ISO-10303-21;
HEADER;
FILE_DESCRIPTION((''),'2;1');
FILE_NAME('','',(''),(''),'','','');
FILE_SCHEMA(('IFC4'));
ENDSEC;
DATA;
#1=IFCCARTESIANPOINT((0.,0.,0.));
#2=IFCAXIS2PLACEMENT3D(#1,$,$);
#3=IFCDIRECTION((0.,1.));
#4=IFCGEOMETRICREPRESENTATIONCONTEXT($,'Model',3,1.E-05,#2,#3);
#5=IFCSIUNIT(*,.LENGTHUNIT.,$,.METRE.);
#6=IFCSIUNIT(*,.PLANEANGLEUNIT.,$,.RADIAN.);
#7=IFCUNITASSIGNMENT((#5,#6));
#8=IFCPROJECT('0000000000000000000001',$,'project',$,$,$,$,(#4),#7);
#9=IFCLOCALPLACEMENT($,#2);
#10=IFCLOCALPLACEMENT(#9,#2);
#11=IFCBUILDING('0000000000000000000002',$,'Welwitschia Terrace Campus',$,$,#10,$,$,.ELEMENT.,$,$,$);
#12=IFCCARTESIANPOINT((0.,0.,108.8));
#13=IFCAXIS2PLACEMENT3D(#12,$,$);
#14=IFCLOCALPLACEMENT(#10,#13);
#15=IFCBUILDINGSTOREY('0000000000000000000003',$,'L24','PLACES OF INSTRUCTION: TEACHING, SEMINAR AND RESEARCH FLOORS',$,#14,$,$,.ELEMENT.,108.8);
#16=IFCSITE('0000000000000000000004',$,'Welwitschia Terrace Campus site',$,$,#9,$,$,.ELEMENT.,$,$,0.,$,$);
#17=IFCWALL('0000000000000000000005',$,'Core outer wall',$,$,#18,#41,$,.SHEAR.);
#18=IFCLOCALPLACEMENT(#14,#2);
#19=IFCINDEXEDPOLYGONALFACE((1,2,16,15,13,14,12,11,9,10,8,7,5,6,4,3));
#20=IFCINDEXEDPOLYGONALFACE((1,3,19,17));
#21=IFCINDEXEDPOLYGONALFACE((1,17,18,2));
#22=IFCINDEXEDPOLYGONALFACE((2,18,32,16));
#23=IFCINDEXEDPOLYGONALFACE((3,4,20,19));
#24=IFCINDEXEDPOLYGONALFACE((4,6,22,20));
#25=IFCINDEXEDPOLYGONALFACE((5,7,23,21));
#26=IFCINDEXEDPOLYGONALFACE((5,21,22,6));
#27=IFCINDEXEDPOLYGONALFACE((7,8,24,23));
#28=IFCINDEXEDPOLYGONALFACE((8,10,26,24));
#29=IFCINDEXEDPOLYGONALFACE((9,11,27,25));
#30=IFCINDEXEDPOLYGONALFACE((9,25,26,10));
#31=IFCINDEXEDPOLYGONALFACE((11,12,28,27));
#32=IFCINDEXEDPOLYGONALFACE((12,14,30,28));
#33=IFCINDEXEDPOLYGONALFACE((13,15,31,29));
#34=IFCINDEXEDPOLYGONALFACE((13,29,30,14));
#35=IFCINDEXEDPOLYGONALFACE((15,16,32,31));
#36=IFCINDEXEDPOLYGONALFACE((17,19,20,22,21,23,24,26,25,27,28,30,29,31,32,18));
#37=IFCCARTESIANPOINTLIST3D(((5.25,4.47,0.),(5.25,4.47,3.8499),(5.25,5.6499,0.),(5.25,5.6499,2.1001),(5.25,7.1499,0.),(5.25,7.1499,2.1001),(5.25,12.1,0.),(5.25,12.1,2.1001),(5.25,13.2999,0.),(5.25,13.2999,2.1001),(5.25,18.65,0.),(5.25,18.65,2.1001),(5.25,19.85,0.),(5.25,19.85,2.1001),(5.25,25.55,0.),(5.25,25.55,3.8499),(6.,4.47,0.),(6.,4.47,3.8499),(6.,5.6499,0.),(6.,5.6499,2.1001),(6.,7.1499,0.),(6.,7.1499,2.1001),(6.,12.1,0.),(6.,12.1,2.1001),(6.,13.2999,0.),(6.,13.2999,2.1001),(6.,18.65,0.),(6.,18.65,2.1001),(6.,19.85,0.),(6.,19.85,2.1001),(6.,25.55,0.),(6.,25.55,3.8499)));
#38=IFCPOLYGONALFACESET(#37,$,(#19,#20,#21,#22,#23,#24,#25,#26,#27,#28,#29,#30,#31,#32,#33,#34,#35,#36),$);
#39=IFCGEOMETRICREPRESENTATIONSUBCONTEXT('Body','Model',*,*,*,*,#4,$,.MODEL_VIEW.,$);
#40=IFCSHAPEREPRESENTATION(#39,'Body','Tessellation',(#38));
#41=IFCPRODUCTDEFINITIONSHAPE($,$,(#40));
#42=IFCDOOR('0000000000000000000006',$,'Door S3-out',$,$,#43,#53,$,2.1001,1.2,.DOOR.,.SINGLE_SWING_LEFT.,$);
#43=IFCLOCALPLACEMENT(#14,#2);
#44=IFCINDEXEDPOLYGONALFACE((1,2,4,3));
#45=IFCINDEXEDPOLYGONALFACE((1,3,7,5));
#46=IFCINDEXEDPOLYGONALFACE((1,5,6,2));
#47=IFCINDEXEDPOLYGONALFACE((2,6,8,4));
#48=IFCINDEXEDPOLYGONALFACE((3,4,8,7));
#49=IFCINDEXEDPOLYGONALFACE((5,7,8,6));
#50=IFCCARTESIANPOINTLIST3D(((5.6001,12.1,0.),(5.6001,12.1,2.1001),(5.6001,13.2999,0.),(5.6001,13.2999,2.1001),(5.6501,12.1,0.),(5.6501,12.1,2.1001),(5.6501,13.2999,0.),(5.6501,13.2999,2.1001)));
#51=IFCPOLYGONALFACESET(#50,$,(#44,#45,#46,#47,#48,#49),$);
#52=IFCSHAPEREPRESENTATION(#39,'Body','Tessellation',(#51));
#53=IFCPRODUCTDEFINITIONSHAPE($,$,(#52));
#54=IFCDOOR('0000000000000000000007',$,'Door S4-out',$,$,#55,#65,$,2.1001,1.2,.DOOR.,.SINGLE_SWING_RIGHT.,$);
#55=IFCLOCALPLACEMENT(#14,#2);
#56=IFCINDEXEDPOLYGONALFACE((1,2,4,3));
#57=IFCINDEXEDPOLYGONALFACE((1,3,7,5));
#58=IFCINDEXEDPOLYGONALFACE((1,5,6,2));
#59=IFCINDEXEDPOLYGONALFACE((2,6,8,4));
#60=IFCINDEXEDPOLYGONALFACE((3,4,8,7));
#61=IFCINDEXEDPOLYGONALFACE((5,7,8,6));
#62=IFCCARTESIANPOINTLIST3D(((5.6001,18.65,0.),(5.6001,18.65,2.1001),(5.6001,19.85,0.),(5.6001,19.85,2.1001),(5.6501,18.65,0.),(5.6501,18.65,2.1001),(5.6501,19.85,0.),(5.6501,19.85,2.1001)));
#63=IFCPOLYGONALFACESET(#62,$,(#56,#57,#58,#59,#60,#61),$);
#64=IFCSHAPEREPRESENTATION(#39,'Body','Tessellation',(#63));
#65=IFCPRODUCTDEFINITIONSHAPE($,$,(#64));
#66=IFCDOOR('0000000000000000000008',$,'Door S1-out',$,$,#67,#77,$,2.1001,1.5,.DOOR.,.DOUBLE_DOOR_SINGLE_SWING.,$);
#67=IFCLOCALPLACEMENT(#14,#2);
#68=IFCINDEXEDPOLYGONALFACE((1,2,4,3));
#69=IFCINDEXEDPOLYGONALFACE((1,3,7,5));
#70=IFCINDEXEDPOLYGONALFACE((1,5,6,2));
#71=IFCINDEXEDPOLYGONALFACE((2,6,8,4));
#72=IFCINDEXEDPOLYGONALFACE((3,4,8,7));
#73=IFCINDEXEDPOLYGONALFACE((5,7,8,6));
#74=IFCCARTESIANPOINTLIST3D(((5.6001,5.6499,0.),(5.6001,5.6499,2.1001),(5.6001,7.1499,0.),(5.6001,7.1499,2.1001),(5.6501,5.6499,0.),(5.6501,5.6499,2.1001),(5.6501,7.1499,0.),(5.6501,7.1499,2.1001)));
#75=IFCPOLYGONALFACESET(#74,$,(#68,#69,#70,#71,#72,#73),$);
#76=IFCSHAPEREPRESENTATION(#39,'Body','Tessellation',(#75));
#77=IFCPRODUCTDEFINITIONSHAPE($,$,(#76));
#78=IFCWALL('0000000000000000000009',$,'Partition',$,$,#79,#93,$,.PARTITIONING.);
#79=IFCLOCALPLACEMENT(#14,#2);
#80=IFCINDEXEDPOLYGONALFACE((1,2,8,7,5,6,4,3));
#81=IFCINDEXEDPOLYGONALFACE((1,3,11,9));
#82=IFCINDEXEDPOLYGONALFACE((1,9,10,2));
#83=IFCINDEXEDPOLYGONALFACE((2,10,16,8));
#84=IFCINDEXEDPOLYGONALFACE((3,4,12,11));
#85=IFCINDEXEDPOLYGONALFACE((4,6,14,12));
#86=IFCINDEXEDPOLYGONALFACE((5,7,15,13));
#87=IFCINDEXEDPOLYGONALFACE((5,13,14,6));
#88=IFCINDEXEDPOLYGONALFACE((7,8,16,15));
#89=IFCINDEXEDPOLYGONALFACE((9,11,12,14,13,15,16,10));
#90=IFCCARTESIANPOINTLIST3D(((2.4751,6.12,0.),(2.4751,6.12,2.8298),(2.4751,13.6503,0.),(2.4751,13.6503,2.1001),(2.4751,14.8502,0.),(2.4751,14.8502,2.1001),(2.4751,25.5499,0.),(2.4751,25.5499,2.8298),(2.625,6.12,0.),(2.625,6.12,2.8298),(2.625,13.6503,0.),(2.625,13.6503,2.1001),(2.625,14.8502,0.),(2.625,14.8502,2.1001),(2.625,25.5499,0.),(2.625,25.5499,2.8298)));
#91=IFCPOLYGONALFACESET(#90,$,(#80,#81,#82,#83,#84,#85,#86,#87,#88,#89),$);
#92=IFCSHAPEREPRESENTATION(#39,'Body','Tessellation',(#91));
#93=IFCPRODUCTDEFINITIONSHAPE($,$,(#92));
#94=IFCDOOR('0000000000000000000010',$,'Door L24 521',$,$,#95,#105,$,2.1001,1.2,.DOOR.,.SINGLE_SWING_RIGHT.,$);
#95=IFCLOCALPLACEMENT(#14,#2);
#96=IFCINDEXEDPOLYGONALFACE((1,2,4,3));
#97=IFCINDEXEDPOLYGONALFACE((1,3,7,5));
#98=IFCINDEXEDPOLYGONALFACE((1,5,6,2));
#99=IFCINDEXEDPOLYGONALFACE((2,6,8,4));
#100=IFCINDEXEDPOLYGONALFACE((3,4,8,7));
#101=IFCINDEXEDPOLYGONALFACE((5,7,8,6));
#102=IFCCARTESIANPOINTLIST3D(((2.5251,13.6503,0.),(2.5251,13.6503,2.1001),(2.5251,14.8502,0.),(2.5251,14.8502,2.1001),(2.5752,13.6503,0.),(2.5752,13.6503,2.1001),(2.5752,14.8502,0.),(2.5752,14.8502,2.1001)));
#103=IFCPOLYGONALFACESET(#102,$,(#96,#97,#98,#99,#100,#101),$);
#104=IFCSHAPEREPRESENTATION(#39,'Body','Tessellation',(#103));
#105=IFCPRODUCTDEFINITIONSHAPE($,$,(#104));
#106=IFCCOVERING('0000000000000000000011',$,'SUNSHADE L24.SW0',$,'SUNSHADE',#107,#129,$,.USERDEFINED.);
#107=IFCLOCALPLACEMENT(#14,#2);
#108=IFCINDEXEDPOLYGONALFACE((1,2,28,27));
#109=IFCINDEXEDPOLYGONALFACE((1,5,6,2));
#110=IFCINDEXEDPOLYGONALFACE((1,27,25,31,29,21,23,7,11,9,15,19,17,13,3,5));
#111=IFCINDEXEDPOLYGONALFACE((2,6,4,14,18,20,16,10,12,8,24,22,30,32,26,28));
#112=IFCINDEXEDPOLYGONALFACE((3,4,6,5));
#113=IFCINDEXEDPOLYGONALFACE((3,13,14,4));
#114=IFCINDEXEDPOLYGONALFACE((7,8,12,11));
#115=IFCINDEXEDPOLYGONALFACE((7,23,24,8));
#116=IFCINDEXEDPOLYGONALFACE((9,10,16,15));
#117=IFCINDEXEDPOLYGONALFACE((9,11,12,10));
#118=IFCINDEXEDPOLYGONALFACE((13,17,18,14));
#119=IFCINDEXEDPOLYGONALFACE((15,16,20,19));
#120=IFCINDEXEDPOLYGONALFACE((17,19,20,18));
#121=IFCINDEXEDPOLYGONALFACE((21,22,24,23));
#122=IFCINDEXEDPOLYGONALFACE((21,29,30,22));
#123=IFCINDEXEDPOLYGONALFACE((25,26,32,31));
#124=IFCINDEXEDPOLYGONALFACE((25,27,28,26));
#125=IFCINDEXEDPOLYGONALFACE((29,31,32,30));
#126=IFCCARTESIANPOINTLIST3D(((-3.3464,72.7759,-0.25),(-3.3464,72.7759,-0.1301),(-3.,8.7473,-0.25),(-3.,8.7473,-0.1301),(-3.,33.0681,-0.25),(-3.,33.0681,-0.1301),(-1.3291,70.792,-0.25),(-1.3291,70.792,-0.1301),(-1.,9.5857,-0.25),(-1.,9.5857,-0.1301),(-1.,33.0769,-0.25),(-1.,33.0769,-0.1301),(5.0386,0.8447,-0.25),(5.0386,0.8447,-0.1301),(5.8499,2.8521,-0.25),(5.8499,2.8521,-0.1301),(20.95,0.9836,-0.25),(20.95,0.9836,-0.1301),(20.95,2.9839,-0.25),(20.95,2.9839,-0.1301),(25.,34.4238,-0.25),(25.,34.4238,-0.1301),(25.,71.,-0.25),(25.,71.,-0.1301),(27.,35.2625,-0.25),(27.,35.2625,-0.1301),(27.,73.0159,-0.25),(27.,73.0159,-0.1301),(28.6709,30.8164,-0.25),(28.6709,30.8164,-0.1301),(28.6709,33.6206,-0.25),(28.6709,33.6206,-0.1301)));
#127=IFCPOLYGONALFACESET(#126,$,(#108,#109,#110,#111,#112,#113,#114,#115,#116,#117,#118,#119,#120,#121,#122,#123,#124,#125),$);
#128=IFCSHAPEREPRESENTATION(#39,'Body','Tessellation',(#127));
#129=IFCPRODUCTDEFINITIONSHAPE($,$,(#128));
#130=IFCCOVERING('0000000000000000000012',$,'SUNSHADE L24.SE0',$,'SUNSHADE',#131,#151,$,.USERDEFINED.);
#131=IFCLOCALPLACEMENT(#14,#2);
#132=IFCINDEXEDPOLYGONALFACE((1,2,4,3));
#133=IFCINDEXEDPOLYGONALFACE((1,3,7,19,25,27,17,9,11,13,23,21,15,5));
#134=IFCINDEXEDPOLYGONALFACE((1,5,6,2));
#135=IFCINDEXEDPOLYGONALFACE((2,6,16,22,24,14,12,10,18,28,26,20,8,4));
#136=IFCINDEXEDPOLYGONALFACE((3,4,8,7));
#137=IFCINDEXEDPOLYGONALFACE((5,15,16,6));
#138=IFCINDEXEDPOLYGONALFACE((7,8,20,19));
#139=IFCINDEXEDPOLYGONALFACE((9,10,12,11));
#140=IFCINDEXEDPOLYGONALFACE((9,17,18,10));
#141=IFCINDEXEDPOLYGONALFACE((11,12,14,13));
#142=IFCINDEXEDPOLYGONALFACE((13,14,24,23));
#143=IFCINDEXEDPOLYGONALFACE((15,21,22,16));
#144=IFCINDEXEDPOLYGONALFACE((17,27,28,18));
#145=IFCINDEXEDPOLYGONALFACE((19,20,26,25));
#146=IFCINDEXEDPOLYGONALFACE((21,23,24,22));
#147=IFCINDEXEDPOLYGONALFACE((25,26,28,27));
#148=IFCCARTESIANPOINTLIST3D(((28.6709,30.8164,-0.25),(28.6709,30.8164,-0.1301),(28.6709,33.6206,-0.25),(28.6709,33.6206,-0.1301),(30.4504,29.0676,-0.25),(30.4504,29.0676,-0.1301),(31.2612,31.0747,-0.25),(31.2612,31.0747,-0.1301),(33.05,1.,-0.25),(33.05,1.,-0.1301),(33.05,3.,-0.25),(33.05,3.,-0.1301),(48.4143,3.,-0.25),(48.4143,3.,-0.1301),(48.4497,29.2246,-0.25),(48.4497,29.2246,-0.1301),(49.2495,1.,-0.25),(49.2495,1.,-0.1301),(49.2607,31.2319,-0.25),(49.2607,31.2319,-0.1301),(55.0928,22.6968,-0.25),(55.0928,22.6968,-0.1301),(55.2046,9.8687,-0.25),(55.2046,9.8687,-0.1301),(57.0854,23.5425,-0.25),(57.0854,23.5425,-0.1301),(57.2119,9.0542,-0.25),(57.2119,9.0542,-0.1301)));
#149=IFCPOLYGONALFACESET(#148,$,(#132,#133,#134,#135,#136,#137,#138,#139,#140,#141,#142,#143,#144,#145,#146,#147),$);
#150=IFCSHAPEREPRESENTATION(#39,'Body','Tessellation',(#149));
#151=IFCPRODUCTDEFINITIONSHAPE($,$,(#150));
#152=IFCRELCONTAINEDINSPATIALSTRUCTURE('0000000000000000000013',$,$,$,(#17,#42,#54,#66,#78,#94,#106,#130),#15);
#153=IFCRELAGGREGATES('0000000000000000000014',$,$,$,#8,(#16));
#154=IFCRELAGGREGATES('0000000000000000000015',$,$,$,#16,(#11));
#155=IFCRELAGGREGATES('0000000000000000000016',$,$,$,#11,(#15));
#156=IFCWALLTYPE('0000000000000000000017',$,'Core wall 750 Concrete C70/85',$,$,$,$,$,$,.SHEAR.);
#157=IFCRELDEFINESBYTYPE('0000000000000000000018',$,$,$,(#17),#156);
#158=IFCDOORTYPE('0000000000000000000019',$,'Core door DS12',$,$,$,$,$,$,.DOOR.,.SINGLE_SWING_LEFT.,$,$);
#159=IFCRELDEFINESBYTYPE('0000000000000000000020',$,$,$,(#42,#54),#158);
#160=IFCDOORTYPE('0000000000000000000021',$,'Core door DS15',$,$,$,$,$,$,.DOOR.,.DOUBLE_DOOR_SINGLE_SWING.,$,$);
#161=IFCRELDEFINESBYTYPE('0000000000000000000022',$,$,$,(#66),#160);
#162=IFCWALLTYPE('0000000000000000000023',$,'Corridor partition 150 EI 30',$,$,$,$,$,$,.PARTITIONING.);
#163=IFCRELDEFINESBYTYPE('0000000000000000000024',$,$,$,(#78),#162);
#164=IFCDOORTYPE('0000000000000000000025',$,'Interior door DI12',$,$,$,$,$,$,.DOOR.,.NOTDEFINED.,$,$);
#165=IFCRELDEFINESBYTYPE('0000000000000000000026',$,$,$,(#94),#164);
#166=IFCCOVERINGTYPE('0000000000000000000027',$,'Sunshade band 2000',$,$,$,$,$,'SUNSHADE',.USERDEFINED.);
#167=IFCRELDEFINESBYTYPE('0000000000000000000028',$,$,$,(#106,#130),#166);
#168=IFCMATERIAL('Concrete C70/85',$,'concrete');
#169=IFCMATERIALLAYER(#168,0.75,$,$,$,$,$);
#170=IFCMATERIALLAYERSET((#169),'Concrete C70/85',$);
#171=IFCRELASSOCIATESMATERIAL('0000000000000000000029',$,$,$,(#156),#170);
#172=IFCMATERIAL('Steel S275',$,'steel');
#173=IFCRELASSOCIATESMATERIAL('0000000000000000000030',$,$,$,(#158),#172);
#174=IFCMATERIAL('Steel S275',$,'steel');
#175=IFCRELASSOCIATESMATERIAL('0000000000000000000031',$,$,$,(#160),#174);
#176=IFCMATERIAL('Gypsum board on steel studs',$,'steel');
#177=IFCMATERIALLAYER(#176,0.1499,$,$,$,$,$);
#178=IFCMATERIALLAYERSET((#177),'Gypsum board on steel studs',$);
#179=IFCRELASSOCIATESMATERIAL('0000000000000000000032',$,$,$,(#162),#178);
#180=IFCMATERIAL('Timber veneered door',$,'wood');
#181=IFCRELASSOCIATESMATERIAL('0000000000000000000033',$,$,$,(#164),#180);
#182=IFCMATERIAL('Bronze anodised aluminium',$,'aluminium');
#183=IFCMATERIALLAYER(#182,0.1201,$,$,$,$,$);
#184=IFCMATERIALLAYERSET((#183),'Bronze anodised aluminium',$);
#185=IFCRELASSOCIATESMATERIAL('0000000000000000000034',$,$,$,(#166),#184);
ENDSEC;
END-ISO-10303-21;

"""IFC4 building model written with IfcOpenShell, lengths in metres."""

from ifc_helpers import new_model, si_unit, direction, frame, frame_2d, origin, place, context, subcontext, project, spatial, polyline, rectangle, outline, extrude, material, layer, layer_set, type_object, element, fill, save


model = new_model("IFC4")

# Units and contexts
model_context = context("Model", 3, precision=1e-05, world=origin(), true_north=direction((0.0, 1.0)))
body_context = subcontext(model_context, "Body", "Model", "MODEL_VIEW")
ifc_project = project(units=[si_unit("LENGTHUNIT", "METRE"), si_unit("PLANEANGLEUNIT", "RADIAN")], contexts=[model_context])

# Site, building, storey
site_placement = place(None, origin())
site = spatial("IfcSite", under=ifc_project, at=site_placement, Name="Welwitschia Terrace Campus site", CompositionType="ELEMENT", RefElevation=0.0)
building_placement = place(site_placement, origin())
building = spatial("IfcBuilding", under=site, at=building_placement, Name="Welwitschia Terrace Campus", CompositionType="ELEMENT")
storey_placement = place(building_placement, frame((0.0, 0.0, 108.8)))
storey = spatial("IfcBuildingStorey", under=building, at=storey_placement, Name="L24", Description="PLACES OF INSTRUCTION: TEACHING, SEMINAR AND RESEARCH FLOORS", CompositionType="ELEMENT", Elevation=108.8)

# Wall, openings, doors
ifc_material_1 = material(Name="Concrete C70/85", Category="concrete")
ifc_layer_1 = layer(ifc_material_1, 0.75)
ifc_layer_set_1 = layer_set([ifc_layer_1], Name="Concrete C70/85")
wall_type_1 = type_object("IfcWallType", Name="Core wall 750 Concrete C70/85", PredefinedType="SHEAR", material=ifc_layer_set_1)
wall_1_placement = place(storey_placement, frame((5.625, 4.47, 0.0), z_axis=(0.0, 0.0, 1.0), x_axis=(0.0, 1.0, 0.0)))
wall_1 = element("IfcWall", 1, at=wall_1_placement, inside=storey, type_object=wall_type_1, Name="Core outer wall", PredefinedType="SHEAR", context=body_context, shape_type="SweptSolid", body=[
    extrude(rectangle(XDim=21.0801, YDim=0.75, at=frame_2d((10.54, 0.0))), origin(), (0.0, 0.0, 1.0), 3.8499),
])
opening_1_placement = place(wall_1_placement, frame((1.1799, 0.0, 0.0)))
opening_1 = element("IfcOpeningElement", 2, at=opening_1_placement, cuts=wall_1, PredefinedType="OPENING", context=body_context, shape_type="SweptSolid", body=[
    extrude(rectangle(XDim=1.5, YDim=2.1001, at=frame_2d((0.75, 1.05))), frame((0.0, 0.385, 0.0), z_axis=(0.0, -1.0, 0.0), x_axis=(1.0, 0.0, 0.0)), (0.0, 0.0, 1.0), 0.77),
])
opening_2_placement = place(wall_1_placement, frame((7.6299, 0.0, 0.0)))
opening_2 = element("IfcOpeningElement", 3, at=opening_2_placement, cuts=wall_1, PredefinedType="OPENING", context=body_context, shape_type="SweptSolid", body=[
    extrude(rectangle(XDim=1.2, YDim=2.1001, at=frame_2d((0.6001, 1.05))), frame((0.0, 0.385, 0.0), z_axis=(0.0, -1.0, 0.0), x_axis=(1.0, 0.0, 0.0)), (0.0, 0.0, 1.0), 0.77),
])
opening_3_placement = place(wall_1_placement, frame((14.1799, 0.0, 0.0)))
opening_3 = element("IfcOpeningElement", 4, at=opening_3_placement, cuts=wall_1, PredefinedType="OPENING", context=body_context, shape_type="SweptSolid", body=[
    extrude(rectangle(XDim=1.2, YDim=2.1001, at=frame_2d((0.6001, 1.05))), frame((0.0, 0.385, 0.0), z_axis=(0.0, -1.0, 0.0), x_axis=(1.0, 0.0, 0.0)), (0.0, 0.0, 1.0), 0.77),
])
ifc_material_2 = material(Name="Steel S275", Category="steel")
door_type_1 = type_object("IfcDoorType", Name="Core door DS12", OperationType="SINGLE_SWING_LEFT", PredefinedType="DOOR", material=ifc_material_2)
door_1_placement = place(opening_2_placement, origin())
door_1 = element("IfcDoor", 5, at=door_1_placement, inside=storey, type_object=door_type_1, Name="Door S3-out", OperationType="SINGLE_SWING_LEFT", OverallHeight=2.1001, OverallWidth=1.2, PredefinedType="DOOR", context=body_context, shape_type="SweptSolid", body=[
    extrude(rectangle(XDim=1.2, YDim=2.1001, at=frame_2d((0.6001, 1.05))), frame((0.0, 0.0249, 0.0), z_axis=(0.0, -1.0, 0.0), x_axis=(1.0, 0.0, 0.0)), (0.0, 0.0, 1.0), 0.05),
])
fill(opening_2, door_1)
door_2_placement = place(opening_3_placement, origin())
door_2 = element("IfcDoor", 6, at=door_2_placement, inside=storey, type_object=door_type_1, Name="Door S4-out", OperationType="SINGLE_SWING_RIGHT", OverallHeight=2.1001, OverallWidth=1.2, PredefinedType="DOOR", context=body_context, shape_type="SweptSolid", body=[
    extrude(rectangle(XDim=1.2, YDim=2.1001, at=frame_2d((0.6001, 1.05))), frame((0.0, 0.0249, 0.0), z_axis=(0.0, -1.0, 0.0), x_axis=(1.0, 0.0, 0.0)), (0.0, 0.0, 1.0), 0.05),
])
fill(opening_3, door_2)
ifc_material_3 = material(Name="Steel S275", Category="steel")
door_type_2 = type_object("IfcDoorType", Name="Core door DS15", OperationType="DOUBLE_DOOR_SINGLE_SWING", PredefinedType="DOOR", material=ifc_material_3)
door_3_placement = place(opening_1_placement, origin())
door_3 = element("IfcDoor", 7, at=door_3_placement, inside=storey, type_object=door_type_2, Name="Door S1-out", OperationType="DOUBLE_DOOR_SINGLE_SWING", OverallHeight=2.1001, OverallWidth=1.5, PredefinedType="DOOR", context=body_context, shape_type="SweptSolid", body=[
    extrude(rectangle(XDim=1.5, YDim=2.1001, at=frame_2d((0.75, 1.05))), frame((0.0, 0.0249, 0.0), z_axis=(0.0, -1.0, 0.0), x_axis=(1.0, 0.0, 0.0)), (0.0, 0.0, 1.0), 0.05),
])
fill(opening_1, door_3)

# Wall, opening, door
ifc_material_4 = material(Name="Gypsum board on steel studs", Category="steel")
ifc_layer_2 = layer(ifc_material_4, 0.1499)
ifc_layer_set_2 = layer_set([ifc_layer_2], Name="Gypsum board on steel studs")
wall_type_2 = type_object("IfcWallType", Name="Corridor partition 150 EI 30", PredefinedType="PARTITIONING", material=ifc_layer_set_2)
wall_2_placement = place(storey_placement, frame((2.55, 6.1201, 0.0), z_axis=(0.0, 0.0, 1.0), x_axis=(0.0, 1.0, 0.0)))
wall_2 = element("IfcWall", 8, at=wall_2_placement, inside=storey, type_object=wall_type_2, Name="Partition", PredefinedType="PARTITIONING", context=body_context, shape_type="SweptSolid", body=[
    extrude(rectangle(XDim=19.4299, YDim=0.1499, at=frame_2d((9.7148, 0.0))), origin(), (0.0, 0.0, 1.0), 2.8298),
])
opening_4_placement = place(wall_2_placement, frame((7.53, 0.0, 0.0)))
opening_4 = element("IfcOpeningElement", 9, at=opening_4_placement, cuts=wall_2, PredefinedType="OPENING", context=body_context, shape_type="SweptSolid", body=[
    extrude(rectangle(XDim=1.2, YDim=2.1001, at=frame_2d((0.6001, 1.05))), frame((0.0, 0.085, 0.0), z_axis=(0.0, -1.0, 0.0), x_axis=(1.0, 0.0, 0.0)), (0.0, 0.0, 1.0), 0.1699),
])
ifc_material_5 = material(Name="Timber veneered door", Category="wood")
door_type_3 = type_object("IfcDoorType", Name="Interior door DI12", OperationType="NOTDEFINED", PredefinedType="DOOR", material=ifc_material_5)
door_4_placement = place(opening_4_placement, origin())
door_4 = element("IfcDoor", 10, at=door_4_placement, inside=storey, type_object=door_type_3, Name="Door L24 521", OperationType="SINGLE_SWING_RIGHT", OverallHeight=2.1001, OverallWidth=1.2, PredefinedType="DOOR", context=body_context, shape_type="SweptSolid", body=[
    extrude(rectangle(XDim=1.2, YDim=2.1001, at=frame_2d((0.6001, 1.05))), frame((0.0, 0.0249, 0.0), z_axis=(0.0, -1.0, 0.0), x_axis=(1.0, 0.0, 0.0)), (0.0, 0.0, 1.0), 0.05),
])
fill(opening_4, door_4)

# Coverings
ifc_material_6 = material(Name="Bronze anodised aluminium", Category="aluminium")
ifc_layer_3 = layer(ifc_material_6, 0.1201)
ifc_layer_set_3 = layer_set([ifc_layer_3], Name="Bronze anodised aluminium")
covering_type_1 = type_object("IfcCoveringType", Name="Sunshade band 2000", ElementType="SUNSHADE", PredefinedType="USERDEFINED", material=ifc_layer_set_3)
covering_1_placement = place(storey_placement, frame((0.0, 0.0, -0.25)))
element("IfcCovering", 11, at=covering_1_placement, inside=storey, type_object=covering_type_1, Name="SUNSHADE L24.SW0", ObjectType="SUNSHADE", PredefinedType="USERDEFINED", context=body_context, shape_type="SweptSolid", body=[
    extrude(outline(polyline([(28.6709, 33.6206), (28.6709, 30.8164), (25.0, 34.4238), (25.0, 71.0), (-1.3291, 70.792), (-1.0, 33.0769), (-1.0, 9.5857), (5.8499, 2.8521), (20.95, 2.9839), (20.95, 0.9836), (5.0386, 0.8447), (-3.0, 8.7473), (-3.0, 33.0681), (-3.3464, 72.7759), (27.0, 73.0159), (27.0, 35.2625), (28.6709, 33.6206)])), origin(), (0.0, 0.0, 1.0), 0.1199),
])
covering_2_placement = place(storey_placement, frame((0.0, 0.0, -0.25)))
element("IfcCovering", 12, at=covering_2_placement, inside=storey, type_object=covering_type_1, Name="SUNSHADE L24.SE0", ObjectType="SUNSHADE", PredefinedType="USERDEFINED", context=body_context, shape_type="SweptSolid", body=[
    extrude(outline(polyline([(31.2612, 31.0747), (49.2607, 31.2319), (57.0854, 23.5425), (57.2119, 9.0542), (49.2495, 1.0), (33.05, 1.0), (33.05, 3.0), (48.4143, 3.0), (55.2046, 9.8687), (55.0928, 22.6968), (48.4497, 29.2246), (30.4504, 29.0676), (28.6709, 30.8164), (28.6709, 33.6206), (31.2612, 31.0747)])), origin(), (0.0, 0.0, 1.0), 0.1199),
])

save(model, "model.ifc")
